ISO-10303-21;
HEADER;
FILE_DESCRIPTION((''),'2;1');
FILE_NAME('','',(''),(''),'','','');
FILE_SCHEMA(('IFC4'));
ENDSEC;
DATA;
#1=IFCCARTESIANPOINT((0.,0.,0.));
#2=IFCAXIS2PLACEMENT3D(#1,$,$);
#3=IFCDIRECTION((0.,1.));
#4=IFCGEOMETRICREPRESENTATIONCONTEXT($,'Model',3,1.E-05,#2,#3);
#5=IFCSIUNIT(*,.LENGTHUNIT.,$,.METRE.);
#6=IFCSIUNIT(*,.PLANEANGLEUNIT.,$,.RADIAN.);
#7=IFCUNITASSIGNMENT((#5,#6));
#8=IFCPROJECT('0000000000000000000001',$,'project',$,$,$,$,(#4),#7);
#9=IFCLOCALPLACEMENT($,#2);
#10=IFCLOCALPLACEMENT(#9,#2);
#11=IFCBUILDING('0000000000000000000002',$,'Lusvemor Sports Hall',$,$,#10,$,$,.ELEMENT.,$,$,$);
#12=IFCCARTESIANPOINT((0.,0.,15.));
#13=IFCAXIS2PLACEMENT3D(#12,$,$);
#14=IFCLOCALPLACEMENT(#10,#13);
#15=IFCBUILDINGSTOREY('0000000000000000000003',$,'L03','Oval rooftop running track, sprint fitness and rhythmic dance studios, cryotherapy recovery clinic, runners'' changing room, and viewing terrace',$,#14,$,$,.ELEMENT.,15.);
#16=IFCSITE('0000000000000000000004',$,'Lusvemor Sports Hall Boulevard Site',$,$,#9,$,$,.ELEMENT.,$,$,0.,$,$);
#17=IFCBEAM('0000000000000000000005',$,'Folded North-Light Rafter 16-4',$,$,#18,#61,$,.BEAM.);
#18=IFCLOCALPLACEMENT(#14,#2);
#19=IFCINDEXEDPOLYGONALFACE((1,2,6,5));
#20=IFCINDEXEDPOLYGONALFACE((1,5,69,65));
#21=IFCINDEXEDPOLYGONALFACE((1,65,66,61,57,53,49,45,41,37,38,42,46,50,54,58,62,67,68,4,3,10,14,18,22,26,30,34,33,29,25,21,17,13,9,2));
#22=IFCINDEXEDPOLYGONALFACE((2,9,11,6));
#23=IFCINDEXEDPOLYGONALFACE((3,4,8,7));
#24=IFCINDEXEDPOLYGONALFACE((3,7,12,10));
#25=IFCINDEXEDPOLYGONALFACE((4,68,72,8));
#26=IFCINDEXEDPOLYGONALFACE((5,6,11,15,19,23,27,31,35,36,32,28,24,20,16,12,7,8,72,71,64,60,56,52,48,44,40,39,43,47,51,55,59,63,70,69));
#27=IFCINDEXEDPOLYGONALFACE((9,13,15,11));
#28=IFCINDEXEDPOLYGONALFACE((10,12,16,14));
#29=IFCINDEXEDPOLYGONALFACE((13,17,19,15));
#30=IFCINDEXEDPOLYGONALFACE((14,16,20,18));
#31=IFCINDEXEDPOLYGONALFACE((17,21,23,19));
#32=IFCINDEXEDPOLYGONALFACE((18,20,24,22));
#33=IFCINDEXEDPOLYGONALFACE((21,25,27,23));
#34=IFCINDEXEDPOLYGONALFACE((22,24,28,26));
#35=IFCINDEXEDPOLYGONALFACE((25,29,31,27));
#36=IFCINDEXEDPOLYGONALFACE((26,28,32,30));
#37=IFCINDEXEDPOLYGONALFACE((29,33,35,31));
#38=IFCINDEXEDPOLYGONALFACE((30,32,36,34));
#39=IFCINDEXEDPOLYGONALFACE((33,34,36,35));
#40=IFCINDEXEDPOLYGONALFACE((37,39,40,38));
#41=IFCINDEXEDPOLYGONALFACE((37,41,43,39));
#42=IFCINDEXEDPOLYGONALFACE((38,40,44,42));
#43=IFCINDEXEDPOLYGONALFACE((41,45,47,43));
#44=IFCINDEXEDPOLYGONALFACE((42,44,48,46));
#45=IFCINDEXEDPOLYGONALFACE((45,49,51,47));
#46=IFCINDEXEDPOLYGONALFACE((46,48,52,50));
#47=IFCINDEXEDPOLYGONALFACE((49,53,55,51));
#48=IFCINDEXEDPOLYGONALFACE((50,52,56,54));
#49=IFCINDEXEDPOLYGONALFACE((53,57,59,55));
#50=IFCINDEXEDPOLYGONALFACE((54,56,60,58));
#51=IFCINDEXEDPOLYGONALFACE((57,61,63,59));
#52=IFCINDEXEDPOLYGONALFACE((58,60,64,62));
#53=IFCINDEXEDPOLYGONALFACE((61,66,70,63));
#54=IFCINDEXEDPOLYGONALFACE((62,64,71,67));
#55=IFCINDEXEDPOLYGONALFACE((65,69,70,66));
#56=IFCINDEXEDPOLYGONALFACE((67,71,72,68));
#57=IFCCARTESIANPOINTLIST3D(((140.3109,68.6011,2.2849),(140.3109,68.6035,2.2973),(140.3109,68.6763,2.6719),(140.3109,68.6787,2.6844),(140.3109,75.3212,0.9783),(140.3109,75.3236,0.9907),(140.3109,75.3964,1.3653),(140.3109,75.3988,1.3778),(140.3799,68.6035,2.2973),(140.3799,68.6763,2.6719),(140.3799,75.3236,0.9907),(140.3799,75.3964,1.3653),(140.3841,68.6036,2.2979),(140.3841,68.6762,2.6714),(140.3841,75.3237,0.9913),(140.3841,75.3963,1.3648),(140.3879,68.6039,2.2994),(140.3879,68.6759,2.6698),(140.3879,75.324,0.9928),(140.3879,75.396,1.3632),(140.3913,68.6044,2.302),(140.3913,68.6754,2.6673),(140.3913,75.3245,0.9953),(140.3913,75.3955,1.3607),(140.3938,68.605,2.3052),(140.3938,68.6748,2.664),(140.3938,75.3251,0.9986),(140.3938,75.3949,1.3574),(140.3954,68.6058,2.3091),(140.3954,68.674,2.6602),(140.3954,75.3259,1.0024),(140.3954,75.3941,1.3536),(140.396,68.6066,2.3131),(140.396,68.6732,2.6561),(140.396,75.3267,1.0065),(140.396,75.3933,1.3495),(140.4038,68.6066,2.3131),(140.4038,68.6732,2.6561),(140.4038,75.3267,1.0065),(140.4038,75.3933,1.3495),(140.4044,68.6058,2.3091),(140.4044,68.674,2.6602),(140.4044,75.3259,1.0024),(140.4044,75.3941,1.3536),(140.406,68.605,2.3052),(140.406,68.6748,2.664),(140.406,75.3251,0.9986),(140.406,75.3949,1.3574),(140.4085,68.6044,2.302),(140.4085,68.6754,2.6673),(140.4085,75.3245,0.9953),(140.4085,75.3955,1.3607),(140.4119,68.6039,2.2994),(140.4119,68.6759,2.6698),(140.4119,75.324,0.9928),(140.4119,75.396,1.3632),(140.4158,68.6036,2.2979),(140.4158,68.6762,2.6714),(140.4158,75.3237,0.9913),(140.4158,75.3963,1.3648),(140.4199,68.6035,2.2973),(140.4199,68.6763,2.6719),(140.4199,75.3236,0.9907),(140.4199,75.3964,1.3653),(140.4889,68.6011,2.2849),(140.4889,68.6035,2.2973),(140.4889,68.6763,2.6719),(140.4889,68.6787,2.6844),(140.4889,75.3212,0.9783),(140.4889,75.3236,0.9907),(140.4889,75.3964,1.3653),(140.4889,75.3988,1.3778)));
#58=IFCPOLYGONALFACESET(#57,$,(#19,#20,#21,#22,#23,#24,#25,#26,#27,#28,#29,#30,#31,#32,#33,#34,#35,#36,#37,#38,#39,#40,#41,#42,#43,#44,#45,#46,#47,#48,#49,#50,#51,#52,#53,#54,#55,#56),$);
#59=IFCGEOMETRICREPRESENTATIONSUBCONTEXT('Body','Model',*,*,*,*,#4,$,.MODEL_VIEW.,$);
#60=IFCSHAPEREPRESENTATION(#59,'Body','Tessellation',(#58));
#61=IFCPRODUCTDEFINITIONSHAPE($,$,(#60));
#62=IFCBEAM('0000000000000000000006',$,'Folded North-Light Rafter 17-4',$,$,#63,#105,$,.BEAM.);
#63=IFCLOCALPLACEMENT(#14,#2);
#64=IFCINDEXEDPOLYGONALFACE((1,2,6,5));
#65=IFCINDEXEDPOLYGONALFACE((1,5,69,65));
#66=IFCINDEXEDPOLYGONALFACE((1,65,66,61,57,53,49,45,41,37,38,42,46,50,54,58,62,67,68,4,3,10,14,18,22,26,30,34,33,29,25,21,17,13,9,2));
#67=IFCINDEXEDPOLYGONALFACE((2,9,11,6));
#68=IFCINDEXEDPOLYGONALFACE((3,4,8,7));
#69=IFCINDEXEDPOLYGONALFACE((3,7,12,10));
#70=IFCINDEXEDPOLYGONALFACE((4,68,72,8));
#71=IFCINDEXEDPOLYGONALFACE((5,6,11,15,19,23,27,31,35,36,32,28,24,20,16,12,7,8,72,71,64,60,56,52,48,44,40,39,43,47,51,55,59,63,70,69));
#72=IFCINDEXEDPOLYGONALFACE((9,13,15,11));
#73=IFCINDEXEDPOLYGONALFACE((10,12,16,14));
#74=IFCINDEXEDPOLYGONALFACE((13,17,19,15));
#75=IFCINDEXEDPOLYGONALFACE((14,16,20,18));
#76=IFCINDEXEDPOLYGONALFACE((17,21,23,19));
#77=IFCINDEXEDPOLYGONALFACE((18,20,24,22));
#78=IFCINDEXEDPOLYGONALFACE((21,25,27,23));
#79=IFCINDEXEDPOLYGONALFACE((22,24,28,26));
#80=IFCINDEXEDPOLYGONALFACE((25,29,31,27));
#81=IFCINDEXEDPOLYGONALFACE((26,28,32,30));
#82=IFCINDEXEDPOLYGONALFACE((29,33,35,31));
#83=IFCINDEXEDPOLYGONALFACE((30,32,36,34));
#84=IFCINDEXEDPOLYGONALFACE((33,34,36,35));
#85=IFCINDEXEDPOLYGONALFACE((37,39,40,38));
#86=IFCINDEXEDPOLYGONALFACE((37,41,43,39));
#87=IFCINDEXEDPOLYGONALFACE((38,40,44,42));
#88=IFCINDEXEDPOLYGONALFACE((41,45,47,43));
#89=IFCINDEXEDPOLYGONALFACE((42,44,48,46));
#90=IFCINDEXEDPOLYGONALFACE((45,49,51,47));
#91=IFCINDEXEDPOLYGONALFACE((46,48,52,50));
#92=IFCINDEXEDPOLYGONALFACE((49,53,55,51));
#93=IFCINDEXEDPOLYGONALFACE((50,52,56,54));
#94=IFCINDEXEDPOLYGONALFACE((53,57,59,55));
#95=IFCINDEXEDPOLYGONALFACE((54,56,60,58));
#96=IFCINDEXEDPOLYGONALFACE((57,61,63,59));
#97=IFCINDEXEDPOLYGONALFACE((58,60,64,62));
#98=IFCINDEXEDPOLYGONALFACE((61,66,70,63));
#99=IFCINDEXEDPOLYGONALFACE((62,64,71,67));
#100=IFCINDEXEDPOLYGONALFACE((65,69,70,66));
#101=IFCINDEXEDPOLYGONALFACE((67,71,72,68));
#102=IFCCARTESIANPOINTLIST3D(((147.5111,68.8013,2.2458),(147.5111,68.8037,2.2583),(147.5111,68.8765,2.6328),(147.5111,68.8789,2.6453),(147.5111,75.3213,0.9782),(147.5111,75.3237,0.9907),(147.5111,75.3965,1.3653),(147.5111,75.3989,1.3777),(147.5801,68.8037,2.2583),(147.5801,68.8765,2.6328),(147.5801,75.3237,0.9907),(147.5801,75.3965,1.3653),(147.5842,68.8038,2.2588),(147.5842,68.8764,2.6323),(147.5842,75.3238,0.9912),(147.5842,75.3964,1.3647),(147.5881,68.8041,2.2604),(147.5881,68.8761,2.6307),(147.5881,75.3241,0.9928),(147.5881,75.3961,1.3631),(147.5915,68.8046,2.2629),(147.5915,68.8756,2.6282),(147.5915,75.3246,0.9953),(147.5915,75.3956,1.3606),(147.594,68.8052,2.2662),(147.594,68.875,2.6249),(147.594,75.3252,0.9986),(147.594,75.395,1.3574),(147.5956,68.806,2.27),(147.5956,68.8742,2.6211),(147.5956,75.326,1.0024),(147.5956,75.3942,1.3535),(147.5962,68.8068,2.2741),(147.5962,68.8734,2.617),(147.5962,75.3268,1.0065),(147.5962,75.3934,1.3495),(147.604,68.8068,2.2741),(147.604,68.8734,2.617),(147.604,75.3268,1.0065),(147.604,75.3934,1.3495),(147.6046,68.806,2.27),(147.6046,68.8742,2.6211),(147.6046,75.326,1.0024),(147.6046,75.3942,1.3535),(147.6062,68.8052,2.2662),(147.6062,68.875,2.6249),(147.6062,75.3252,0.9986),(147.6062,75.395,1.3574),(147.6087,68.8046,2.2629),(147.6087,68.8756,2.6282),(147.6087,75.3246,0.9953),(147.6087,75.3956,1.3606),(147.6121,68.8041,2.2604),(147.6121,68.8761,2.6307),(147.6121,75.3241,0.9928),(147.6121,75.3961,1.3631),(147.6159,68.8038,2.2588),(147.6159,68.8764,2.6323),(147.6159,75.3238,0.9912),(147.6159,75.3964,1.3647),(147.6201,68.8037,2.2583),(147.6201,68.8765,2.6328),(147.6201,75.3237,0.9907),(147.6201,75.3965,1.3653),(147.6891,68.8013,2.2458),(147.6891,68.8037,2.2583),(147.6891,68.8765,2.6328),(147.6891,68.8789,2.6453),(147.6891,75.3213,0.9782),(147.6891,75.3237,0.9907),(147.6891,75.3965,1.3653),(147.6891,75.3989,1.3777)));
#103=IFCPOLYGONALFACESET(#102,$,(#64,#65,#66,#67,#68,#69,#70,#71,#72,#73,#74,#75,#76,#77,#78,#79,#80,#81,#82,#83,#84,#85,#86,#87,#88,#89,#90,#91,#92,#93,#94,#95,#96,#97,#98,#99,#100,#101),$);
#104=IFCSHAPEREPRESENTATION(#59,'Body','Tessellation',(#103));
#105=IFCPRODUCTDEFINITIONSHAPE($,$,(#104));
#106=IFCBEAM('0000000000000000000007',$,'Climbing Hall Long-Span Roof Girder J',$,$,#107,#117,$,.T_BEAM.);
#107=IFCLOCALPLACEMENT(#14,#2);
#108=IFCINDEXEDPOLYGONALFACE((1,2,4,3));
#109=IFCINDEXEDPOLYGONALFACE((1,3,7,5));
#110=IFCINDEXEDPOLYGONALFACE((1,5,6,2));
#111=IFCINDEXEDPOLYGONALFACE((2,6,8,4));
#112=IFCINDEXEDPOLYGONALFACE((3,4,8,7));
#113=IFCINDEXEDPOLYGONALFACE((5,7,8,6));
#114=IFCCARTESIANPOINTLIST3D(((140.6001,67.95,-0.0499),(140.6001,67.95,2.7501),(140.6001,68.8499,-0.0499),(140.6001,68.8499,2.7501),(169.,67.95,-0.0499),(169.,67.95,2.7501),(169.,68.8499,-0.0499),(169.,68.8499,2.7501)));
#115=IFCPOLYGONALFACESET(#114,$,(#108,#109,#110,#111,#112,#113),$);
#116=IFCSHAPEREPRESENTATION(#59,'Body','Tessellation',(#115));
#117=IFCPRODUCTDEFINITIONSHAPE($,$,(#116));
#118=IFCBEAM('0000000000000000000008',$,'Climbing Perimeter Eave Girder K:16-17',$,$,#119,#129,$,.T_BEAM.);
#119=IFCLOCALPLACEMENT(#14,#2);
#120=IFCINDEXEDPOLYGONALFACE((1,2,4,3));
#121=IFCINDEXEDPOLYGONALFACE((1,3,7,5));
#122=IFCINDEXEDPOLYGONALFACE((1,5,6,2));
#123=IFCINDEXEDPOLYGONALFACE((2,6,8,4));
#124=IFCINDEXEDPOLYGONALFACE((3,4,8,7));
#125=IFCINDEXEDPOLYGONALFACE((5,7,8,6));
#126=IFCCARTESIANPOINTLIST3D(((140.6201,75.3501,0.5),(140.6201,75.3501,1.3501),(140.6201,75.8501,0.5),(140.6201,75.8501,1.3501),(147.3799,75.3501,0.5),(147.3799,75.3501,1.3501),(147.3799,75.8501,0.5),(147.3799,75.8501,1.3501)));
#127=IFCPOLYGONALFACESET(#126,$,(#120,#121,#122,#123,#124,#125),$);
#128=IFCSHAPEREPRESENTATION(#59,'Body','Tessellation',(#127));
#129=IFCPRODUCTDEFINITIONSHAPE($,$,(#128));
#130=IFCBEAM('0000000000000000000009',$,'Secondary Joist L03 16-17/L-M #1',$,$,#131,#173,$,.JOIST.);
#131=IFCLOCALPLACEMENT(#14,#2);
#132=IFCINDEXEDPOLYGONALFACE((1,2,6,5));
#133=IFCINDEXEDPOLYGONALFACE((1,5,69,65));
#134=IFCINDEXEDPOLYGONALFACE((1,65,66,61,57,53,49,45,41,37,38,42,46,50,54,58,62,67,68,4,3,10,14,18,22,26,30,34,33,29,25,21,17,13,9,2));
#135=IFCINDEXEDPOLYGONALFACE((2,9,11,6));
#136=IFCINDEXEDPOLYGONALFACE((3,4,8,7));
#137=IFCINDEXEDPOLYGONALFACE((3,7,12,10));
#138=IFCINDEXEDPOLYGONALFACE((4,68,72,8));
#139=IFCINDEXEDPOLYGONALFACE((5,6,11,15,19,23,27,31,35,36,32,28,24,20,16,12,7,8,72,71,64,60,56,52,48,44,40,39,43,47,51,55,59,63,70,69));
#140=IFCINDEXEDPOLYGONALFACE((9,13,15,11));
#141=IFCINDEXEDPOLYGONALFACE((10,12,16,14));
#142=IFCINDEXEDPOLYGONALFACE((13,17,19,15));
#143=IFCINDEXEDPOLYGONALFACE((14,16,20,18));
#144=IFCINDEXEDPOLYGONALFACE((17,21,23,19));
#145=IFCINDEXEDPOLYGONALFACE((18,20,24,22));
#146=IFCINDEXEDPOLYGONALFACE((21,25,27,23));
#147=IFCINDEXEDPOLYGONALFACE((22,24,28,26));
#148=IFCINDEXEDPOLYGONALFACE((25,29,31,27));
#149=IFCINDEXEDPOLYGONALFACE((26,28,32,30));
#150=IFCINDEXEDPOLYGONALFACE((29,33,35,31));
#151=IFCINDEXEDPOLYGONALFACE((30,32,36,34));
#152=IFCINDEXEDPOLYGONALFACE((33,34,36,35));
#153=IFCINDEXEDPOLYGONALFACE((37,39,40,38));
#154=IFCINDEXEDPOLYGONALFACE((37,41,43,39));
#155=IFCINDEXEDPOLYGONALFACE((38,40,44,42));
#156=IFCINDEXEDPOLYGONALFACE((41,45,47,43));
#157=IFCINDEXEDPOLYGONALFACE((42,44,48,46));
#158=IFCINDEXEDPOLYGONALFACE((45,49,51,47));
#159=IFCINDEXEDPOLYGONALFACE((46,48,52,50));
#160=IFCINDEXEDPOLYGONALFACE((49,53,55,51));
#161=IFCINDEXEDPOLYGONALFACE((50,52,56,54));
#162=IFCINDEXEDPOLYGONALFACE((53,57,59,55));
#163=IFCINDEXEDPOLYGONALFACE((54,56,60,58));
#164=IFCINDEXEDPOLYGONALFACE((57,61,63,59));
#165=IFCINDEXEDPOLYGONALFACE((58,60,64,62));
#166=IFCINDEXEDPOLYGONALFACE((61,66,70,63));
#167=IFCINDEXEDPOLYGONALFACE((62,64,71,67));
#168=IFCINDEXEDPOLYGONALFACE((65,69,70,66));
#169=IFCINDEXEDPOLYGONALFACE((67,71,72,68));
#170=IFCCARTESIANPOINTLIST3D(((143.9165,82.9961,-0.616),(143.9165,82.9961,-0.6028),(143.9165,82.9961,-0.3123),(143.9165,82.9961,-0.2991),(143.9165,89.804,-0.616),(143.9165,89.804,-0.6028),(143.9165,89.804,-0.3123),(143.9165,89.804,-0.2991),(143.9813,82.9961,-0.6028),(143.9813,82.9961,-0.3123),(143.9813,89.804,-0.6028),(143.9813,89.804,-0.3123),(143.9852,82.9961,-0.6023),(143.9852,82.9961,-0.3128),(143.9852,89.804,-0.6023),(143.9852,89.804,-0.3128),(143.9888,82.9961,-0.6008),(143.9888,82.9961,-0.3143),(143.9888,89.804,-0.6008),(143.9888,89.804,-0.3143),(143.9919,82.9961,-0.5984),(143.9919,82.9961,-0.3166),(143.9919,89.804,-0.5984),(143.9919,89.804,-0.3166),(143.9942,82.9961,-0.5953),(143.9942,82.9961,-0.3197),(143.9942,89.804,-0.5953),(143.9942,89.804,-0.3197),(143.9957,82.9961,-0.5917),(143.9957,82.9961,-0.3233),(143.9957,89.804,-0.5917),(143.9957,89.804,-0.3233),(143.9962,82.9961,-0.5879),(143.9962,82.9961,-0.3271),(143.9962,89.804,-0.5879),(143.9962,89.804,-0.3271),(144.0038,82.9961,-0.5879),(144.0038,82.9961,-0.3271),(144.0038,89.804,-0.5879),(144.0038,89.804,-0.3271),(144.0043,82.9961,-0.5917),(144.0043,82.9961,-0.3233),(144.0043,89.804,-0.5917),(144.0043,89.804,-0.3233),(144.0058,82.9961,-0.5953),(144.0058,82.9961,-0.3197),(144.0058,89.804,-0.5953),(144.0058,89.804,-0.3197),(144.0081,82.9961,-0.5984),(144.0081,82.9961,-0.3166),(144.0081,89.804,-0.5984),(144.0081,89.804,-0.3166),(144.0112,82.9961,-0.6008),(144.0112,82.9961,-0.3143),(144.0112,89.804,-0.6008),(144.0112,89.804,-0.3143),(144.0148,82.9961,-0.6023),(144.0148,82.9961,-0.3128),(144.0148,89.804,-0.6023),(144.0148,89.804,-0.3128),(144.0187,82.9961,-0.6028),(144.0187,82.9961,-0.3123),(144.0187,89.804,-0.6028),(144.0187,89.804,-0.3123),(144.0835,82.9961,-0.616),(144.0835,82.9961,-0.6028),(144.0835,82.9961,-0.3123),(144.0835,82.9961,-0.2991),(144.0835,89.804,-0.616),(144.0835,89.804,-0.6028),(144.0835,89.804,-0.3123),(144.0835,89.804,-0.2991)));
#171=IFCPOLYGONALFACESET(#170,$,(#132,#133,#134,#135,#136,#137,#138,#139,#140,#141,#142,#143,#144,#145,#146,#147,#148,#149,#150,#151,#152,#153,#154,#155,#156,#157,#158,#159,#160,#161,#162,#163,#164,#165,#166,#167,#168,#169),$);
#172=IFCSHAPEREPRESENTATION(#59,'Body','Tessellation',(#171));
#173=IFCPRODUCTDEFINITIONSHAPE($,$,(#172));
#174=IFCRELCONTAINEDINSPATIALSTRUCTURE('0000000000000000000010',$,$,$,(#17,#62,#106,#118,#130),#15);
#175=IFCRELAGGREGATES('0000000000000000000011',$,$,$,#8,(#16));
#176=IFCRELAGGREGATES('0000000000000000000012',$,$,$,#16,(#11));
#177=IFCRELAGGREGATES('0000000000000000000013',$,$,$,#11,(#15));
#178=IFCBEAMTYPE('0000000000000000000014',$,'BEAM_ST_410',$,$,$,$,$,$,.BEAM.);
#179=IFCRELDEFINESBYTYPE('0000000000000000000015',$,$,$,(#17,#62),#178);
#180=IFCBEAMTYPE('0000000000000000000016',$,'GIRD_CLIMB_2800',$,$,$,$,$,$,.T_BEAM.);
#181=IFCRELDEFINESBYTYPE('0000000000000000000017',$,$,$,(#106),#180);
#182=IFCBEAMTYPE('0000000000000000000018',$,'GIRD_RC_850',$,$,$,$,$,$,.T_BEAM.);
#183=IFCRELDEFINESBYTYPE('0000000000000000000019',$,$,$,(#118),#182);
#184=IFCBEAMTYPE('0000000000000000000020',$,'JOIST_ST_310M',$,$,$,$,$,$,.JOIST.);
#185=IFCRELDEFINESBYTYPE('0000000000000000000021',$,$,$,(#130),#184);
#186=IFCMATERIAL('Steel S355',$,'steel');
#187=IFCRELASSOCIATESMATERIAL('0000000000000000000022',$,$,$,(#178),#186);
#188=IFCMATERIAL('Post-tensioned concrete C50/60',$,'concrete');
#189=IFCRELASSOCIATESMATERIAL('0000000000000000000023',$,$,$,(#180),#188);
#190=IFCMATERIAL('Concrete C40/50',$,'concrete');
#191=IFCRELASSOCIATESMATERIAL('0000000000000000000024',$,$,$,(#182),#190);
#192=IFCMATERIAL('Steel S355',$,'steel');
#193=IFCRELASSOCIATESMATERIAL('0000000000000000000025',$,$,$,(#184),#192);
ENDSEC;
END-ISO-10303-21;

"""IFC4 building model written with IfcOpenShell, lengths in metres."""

from ifc_helpers import new_model, si_unit, direction, frame, origin, origin_2d, place, context, subcontext, project, spatial, rectangle, i_section, extrude, material, material_profile, profile_set, type_object, element, save


model = new_model("IFC4")

# Units and contexts
model_context = context("Model", 3, precision=1e-05, world=origin(), true_north=direction((0.0, 1.0)))
body_context = subcontext(model_context, "Body", "Model", "MODEL_VIEW")
ifc_project = project(units=[si_unit("LENGTHUNIT", "METRE"), si_unit("PLANEANGLEUNIT", "RADIAN")], contexts=[model_context])

# Site, building, storey
site_placement = place(None, origin())
site = spatial("IfcSite", under=ifc_project, at=site_placement, Name="Lusvemor Sports Hall Boulevard Site", CompositionType="ELEMENT", RefElevation=0.0)
building_placement = place(site_placement, origin())
building = spatial("IfcBuilding", under=site, at=building_placement, Name="Lusvemor Sports Hall", CompositionType="ELEMENT")
storey_placement = place(building_placement, frame((0.0, 0.0, 15.0)))
storey = spatial("IfcBuildingStorey", under=building, at=storey_placement, Name="L03", Description="Oval rooftop running track, sprint fitness and rhythmic dance studios, cryotherapy recovery clinic, runners' changing room, and viewing terrace", CompositionType="ELEMENT", Elevation=15.0)

# Beams
ifc_material_1 = material(Name="Steel S355", Category="steel")
ifc_material_profile_1 = material_profile(ifc_material_1, i_section(OverallWidth=0.178, OverallDepth=0.407, WebThickness=0.0078, FlangeThickness=0.0127, FilletRadius=0.0161, at=origin_2d()), Name="W410x60.0")
ifc_profile_set_1 = profile_set([ifc_material_profile_1], Name="Steel S355")
beam_type_1 = type_object("IfcBeamType", Name="BEAM_ST_410", PredefinedType="BEAM", material=ifc_profile_set_1)
beam_1_placement = place(storey_placement, frame((140.3999, 68.6399, 2.4846), z_axis=(0.0, 0.981617, -0.19086), x_axis=(-1.0, 0.0, 0.0)))
element("IfcBeam", 1, at=beam_1_placement, inside=storey, type_object=beam_type_1, Name="Folded North-Light Rafter 16-4", PredefinedType="BEAM", context=body_context, shape_type="SweptSolid", body=[
    extrude(i_section(OverallWidth=0.178, OverallDepth=0.407, WebThickness=0.0078, FlangeThickness=0.0127, FilletRadius=0.0161, at=origin_2d()), origin(), (0.0, 0.0, 1.0), 6.8459),
])
beam_2_placement = place(storey_placement, frame((147.6001, 68.8401, 2.4456), z_axis=(0.0, 0.981621, -0.19084), x_axis=(-1.0, 0.0, 0.0)))
element("IfcBeam", 2, at=beam_2_placement, inside=storey, type_object=beam_type_1, Name="Folded North-Light Rafter 17-4", PredefinedType="BEAM", context=body_context, shape_type="SweptSolid", body=[
    extrude(i_section(OverallWidth=0.178, OverallDepth=0.407, WebThickness=0.0078, FlangeThickness=0.0127, FilletRadius=0.0161, at=origin_2d()), origin(), (0.0, 0.0, 1.0), 6.6421),
])
ifc_material_2 = material(Name="Post-tensioned concrete C50/60", Category="concrete")
ifc_material_profile_2 = material_profile(ifc_material_2, rectangle(XDim=0.8999, YDim=2.8, at=origin_2d()), Name="RC900x2800")
ifc_profile_set_2 = profile_set([ifc_material_profile_2], Name="Post-tensioned concrete C50/60")
beam_type_2 = type_object("IfcBeamType", Name="GIRD_CLIMB_2800", PredefinedType="T_BEAM", material=ifc_profile_set_2)
beam_3_placement = place(storey_placement, frame((140.6001, 68.3999, 1.3501), z_axis=(1.0, 0.0, 0.0), x_axis=(0.0, 1.0, 0.0)))
element("IfcBeam", 3, at=beam_3_placement, inside=storey, type_object=beam_type_2, Name="Climbing Hall Long-Span Roof Girder J", PredefinedType="T_BEAM", context=body_context, shape_type="SweptSolid", body=[
    extrude(rectangle(XDim=0.8999, YDim=2.8, at=origin_2d()), origin(), (0.0, 0.0, 1.0), 28.3999),
])
ifc_material_3 = material(Name="Concrete C40/50", Category="concrete")
ifc_material_profile_3 = material_profile(ifc_material_3, rectangle(XDim=0.5, YDim=0.8501, at=origin_2d()), Name="RC500x850")
ifc_profile_set_3 = profile_set([ifc_material_profile_3], Name="Concrete C40/50")
beam_type_3 = type_object("IfcBeamType", Name="GIRD_RC_850", PredefinedType="T_BEAM", material=ifc_profile_set_3)
beam_4_placement = place(storey_placement, frame((140.6201, 75.6001, 0.925), z_axis=(1.0, 0.0, 0.0), x_axis=(0.0, 1.0, 0.0)))
element("IfcBeam", 4, at=beam_4_placement, inside=storey, type_object=beam_type_3, Name="Climbing Perimeter Eave Girder K:16-17", PredefinedType="T_BEAM", context=body_context, shape_type="SweptSolid", body=[
    extrude(rectangle(XDim=0.5, YDim=0.8501, at=origin_2d()), origin(), (0.0, 0.0, 1.0), 6.7598),
])
ifc_material_4 = material(Name="Steel S355", Category="steel")
ifc_material_profile_4 = material_profile(ifc_material_4, i_section(OverallWidth=0.167, OverallDepth=0.3169, WebThickness=0.0076, FlangeThickness=0.0132, FilletRadius=0.0149, at=origin_2d()), Name="W310x52.0")
ifc_profile_set_4 = profile_set([ifc_material_profile_4], Name="Steel S355")
beam_type_4 = type_object("IfcBeamType", Name="JOIST_ST_310M", PredefinedType="JOIST", material=ifc_profile_set_4)
beam_5_placement = place(storey_placement, frame((144.0, 82.9961, -0.4575), z_axis=(0.0, 1.0, 0.0), x_axis=(-1.0, 0.0, 0.0)))
element("IfcBeam", 5, at=beam_5_placement, inside=storey, type_object=beam_type_4, Name="Secondary Joist L03 16-17/L-M #1", PredefinedType="JOIST", context=body_context, shape_type="SweptSolid", body=[
    extrude(i_section(OverallWidth=0.167, OverallDepth=0.3169, WebThickness=0.0076, FlangeThickness=0.0132, FilletRadius=0.0149, at=origin_2d()), origin(), (0.0, 0.0, 1.0), 6.8079),
])

save(model, "model.ifc")
